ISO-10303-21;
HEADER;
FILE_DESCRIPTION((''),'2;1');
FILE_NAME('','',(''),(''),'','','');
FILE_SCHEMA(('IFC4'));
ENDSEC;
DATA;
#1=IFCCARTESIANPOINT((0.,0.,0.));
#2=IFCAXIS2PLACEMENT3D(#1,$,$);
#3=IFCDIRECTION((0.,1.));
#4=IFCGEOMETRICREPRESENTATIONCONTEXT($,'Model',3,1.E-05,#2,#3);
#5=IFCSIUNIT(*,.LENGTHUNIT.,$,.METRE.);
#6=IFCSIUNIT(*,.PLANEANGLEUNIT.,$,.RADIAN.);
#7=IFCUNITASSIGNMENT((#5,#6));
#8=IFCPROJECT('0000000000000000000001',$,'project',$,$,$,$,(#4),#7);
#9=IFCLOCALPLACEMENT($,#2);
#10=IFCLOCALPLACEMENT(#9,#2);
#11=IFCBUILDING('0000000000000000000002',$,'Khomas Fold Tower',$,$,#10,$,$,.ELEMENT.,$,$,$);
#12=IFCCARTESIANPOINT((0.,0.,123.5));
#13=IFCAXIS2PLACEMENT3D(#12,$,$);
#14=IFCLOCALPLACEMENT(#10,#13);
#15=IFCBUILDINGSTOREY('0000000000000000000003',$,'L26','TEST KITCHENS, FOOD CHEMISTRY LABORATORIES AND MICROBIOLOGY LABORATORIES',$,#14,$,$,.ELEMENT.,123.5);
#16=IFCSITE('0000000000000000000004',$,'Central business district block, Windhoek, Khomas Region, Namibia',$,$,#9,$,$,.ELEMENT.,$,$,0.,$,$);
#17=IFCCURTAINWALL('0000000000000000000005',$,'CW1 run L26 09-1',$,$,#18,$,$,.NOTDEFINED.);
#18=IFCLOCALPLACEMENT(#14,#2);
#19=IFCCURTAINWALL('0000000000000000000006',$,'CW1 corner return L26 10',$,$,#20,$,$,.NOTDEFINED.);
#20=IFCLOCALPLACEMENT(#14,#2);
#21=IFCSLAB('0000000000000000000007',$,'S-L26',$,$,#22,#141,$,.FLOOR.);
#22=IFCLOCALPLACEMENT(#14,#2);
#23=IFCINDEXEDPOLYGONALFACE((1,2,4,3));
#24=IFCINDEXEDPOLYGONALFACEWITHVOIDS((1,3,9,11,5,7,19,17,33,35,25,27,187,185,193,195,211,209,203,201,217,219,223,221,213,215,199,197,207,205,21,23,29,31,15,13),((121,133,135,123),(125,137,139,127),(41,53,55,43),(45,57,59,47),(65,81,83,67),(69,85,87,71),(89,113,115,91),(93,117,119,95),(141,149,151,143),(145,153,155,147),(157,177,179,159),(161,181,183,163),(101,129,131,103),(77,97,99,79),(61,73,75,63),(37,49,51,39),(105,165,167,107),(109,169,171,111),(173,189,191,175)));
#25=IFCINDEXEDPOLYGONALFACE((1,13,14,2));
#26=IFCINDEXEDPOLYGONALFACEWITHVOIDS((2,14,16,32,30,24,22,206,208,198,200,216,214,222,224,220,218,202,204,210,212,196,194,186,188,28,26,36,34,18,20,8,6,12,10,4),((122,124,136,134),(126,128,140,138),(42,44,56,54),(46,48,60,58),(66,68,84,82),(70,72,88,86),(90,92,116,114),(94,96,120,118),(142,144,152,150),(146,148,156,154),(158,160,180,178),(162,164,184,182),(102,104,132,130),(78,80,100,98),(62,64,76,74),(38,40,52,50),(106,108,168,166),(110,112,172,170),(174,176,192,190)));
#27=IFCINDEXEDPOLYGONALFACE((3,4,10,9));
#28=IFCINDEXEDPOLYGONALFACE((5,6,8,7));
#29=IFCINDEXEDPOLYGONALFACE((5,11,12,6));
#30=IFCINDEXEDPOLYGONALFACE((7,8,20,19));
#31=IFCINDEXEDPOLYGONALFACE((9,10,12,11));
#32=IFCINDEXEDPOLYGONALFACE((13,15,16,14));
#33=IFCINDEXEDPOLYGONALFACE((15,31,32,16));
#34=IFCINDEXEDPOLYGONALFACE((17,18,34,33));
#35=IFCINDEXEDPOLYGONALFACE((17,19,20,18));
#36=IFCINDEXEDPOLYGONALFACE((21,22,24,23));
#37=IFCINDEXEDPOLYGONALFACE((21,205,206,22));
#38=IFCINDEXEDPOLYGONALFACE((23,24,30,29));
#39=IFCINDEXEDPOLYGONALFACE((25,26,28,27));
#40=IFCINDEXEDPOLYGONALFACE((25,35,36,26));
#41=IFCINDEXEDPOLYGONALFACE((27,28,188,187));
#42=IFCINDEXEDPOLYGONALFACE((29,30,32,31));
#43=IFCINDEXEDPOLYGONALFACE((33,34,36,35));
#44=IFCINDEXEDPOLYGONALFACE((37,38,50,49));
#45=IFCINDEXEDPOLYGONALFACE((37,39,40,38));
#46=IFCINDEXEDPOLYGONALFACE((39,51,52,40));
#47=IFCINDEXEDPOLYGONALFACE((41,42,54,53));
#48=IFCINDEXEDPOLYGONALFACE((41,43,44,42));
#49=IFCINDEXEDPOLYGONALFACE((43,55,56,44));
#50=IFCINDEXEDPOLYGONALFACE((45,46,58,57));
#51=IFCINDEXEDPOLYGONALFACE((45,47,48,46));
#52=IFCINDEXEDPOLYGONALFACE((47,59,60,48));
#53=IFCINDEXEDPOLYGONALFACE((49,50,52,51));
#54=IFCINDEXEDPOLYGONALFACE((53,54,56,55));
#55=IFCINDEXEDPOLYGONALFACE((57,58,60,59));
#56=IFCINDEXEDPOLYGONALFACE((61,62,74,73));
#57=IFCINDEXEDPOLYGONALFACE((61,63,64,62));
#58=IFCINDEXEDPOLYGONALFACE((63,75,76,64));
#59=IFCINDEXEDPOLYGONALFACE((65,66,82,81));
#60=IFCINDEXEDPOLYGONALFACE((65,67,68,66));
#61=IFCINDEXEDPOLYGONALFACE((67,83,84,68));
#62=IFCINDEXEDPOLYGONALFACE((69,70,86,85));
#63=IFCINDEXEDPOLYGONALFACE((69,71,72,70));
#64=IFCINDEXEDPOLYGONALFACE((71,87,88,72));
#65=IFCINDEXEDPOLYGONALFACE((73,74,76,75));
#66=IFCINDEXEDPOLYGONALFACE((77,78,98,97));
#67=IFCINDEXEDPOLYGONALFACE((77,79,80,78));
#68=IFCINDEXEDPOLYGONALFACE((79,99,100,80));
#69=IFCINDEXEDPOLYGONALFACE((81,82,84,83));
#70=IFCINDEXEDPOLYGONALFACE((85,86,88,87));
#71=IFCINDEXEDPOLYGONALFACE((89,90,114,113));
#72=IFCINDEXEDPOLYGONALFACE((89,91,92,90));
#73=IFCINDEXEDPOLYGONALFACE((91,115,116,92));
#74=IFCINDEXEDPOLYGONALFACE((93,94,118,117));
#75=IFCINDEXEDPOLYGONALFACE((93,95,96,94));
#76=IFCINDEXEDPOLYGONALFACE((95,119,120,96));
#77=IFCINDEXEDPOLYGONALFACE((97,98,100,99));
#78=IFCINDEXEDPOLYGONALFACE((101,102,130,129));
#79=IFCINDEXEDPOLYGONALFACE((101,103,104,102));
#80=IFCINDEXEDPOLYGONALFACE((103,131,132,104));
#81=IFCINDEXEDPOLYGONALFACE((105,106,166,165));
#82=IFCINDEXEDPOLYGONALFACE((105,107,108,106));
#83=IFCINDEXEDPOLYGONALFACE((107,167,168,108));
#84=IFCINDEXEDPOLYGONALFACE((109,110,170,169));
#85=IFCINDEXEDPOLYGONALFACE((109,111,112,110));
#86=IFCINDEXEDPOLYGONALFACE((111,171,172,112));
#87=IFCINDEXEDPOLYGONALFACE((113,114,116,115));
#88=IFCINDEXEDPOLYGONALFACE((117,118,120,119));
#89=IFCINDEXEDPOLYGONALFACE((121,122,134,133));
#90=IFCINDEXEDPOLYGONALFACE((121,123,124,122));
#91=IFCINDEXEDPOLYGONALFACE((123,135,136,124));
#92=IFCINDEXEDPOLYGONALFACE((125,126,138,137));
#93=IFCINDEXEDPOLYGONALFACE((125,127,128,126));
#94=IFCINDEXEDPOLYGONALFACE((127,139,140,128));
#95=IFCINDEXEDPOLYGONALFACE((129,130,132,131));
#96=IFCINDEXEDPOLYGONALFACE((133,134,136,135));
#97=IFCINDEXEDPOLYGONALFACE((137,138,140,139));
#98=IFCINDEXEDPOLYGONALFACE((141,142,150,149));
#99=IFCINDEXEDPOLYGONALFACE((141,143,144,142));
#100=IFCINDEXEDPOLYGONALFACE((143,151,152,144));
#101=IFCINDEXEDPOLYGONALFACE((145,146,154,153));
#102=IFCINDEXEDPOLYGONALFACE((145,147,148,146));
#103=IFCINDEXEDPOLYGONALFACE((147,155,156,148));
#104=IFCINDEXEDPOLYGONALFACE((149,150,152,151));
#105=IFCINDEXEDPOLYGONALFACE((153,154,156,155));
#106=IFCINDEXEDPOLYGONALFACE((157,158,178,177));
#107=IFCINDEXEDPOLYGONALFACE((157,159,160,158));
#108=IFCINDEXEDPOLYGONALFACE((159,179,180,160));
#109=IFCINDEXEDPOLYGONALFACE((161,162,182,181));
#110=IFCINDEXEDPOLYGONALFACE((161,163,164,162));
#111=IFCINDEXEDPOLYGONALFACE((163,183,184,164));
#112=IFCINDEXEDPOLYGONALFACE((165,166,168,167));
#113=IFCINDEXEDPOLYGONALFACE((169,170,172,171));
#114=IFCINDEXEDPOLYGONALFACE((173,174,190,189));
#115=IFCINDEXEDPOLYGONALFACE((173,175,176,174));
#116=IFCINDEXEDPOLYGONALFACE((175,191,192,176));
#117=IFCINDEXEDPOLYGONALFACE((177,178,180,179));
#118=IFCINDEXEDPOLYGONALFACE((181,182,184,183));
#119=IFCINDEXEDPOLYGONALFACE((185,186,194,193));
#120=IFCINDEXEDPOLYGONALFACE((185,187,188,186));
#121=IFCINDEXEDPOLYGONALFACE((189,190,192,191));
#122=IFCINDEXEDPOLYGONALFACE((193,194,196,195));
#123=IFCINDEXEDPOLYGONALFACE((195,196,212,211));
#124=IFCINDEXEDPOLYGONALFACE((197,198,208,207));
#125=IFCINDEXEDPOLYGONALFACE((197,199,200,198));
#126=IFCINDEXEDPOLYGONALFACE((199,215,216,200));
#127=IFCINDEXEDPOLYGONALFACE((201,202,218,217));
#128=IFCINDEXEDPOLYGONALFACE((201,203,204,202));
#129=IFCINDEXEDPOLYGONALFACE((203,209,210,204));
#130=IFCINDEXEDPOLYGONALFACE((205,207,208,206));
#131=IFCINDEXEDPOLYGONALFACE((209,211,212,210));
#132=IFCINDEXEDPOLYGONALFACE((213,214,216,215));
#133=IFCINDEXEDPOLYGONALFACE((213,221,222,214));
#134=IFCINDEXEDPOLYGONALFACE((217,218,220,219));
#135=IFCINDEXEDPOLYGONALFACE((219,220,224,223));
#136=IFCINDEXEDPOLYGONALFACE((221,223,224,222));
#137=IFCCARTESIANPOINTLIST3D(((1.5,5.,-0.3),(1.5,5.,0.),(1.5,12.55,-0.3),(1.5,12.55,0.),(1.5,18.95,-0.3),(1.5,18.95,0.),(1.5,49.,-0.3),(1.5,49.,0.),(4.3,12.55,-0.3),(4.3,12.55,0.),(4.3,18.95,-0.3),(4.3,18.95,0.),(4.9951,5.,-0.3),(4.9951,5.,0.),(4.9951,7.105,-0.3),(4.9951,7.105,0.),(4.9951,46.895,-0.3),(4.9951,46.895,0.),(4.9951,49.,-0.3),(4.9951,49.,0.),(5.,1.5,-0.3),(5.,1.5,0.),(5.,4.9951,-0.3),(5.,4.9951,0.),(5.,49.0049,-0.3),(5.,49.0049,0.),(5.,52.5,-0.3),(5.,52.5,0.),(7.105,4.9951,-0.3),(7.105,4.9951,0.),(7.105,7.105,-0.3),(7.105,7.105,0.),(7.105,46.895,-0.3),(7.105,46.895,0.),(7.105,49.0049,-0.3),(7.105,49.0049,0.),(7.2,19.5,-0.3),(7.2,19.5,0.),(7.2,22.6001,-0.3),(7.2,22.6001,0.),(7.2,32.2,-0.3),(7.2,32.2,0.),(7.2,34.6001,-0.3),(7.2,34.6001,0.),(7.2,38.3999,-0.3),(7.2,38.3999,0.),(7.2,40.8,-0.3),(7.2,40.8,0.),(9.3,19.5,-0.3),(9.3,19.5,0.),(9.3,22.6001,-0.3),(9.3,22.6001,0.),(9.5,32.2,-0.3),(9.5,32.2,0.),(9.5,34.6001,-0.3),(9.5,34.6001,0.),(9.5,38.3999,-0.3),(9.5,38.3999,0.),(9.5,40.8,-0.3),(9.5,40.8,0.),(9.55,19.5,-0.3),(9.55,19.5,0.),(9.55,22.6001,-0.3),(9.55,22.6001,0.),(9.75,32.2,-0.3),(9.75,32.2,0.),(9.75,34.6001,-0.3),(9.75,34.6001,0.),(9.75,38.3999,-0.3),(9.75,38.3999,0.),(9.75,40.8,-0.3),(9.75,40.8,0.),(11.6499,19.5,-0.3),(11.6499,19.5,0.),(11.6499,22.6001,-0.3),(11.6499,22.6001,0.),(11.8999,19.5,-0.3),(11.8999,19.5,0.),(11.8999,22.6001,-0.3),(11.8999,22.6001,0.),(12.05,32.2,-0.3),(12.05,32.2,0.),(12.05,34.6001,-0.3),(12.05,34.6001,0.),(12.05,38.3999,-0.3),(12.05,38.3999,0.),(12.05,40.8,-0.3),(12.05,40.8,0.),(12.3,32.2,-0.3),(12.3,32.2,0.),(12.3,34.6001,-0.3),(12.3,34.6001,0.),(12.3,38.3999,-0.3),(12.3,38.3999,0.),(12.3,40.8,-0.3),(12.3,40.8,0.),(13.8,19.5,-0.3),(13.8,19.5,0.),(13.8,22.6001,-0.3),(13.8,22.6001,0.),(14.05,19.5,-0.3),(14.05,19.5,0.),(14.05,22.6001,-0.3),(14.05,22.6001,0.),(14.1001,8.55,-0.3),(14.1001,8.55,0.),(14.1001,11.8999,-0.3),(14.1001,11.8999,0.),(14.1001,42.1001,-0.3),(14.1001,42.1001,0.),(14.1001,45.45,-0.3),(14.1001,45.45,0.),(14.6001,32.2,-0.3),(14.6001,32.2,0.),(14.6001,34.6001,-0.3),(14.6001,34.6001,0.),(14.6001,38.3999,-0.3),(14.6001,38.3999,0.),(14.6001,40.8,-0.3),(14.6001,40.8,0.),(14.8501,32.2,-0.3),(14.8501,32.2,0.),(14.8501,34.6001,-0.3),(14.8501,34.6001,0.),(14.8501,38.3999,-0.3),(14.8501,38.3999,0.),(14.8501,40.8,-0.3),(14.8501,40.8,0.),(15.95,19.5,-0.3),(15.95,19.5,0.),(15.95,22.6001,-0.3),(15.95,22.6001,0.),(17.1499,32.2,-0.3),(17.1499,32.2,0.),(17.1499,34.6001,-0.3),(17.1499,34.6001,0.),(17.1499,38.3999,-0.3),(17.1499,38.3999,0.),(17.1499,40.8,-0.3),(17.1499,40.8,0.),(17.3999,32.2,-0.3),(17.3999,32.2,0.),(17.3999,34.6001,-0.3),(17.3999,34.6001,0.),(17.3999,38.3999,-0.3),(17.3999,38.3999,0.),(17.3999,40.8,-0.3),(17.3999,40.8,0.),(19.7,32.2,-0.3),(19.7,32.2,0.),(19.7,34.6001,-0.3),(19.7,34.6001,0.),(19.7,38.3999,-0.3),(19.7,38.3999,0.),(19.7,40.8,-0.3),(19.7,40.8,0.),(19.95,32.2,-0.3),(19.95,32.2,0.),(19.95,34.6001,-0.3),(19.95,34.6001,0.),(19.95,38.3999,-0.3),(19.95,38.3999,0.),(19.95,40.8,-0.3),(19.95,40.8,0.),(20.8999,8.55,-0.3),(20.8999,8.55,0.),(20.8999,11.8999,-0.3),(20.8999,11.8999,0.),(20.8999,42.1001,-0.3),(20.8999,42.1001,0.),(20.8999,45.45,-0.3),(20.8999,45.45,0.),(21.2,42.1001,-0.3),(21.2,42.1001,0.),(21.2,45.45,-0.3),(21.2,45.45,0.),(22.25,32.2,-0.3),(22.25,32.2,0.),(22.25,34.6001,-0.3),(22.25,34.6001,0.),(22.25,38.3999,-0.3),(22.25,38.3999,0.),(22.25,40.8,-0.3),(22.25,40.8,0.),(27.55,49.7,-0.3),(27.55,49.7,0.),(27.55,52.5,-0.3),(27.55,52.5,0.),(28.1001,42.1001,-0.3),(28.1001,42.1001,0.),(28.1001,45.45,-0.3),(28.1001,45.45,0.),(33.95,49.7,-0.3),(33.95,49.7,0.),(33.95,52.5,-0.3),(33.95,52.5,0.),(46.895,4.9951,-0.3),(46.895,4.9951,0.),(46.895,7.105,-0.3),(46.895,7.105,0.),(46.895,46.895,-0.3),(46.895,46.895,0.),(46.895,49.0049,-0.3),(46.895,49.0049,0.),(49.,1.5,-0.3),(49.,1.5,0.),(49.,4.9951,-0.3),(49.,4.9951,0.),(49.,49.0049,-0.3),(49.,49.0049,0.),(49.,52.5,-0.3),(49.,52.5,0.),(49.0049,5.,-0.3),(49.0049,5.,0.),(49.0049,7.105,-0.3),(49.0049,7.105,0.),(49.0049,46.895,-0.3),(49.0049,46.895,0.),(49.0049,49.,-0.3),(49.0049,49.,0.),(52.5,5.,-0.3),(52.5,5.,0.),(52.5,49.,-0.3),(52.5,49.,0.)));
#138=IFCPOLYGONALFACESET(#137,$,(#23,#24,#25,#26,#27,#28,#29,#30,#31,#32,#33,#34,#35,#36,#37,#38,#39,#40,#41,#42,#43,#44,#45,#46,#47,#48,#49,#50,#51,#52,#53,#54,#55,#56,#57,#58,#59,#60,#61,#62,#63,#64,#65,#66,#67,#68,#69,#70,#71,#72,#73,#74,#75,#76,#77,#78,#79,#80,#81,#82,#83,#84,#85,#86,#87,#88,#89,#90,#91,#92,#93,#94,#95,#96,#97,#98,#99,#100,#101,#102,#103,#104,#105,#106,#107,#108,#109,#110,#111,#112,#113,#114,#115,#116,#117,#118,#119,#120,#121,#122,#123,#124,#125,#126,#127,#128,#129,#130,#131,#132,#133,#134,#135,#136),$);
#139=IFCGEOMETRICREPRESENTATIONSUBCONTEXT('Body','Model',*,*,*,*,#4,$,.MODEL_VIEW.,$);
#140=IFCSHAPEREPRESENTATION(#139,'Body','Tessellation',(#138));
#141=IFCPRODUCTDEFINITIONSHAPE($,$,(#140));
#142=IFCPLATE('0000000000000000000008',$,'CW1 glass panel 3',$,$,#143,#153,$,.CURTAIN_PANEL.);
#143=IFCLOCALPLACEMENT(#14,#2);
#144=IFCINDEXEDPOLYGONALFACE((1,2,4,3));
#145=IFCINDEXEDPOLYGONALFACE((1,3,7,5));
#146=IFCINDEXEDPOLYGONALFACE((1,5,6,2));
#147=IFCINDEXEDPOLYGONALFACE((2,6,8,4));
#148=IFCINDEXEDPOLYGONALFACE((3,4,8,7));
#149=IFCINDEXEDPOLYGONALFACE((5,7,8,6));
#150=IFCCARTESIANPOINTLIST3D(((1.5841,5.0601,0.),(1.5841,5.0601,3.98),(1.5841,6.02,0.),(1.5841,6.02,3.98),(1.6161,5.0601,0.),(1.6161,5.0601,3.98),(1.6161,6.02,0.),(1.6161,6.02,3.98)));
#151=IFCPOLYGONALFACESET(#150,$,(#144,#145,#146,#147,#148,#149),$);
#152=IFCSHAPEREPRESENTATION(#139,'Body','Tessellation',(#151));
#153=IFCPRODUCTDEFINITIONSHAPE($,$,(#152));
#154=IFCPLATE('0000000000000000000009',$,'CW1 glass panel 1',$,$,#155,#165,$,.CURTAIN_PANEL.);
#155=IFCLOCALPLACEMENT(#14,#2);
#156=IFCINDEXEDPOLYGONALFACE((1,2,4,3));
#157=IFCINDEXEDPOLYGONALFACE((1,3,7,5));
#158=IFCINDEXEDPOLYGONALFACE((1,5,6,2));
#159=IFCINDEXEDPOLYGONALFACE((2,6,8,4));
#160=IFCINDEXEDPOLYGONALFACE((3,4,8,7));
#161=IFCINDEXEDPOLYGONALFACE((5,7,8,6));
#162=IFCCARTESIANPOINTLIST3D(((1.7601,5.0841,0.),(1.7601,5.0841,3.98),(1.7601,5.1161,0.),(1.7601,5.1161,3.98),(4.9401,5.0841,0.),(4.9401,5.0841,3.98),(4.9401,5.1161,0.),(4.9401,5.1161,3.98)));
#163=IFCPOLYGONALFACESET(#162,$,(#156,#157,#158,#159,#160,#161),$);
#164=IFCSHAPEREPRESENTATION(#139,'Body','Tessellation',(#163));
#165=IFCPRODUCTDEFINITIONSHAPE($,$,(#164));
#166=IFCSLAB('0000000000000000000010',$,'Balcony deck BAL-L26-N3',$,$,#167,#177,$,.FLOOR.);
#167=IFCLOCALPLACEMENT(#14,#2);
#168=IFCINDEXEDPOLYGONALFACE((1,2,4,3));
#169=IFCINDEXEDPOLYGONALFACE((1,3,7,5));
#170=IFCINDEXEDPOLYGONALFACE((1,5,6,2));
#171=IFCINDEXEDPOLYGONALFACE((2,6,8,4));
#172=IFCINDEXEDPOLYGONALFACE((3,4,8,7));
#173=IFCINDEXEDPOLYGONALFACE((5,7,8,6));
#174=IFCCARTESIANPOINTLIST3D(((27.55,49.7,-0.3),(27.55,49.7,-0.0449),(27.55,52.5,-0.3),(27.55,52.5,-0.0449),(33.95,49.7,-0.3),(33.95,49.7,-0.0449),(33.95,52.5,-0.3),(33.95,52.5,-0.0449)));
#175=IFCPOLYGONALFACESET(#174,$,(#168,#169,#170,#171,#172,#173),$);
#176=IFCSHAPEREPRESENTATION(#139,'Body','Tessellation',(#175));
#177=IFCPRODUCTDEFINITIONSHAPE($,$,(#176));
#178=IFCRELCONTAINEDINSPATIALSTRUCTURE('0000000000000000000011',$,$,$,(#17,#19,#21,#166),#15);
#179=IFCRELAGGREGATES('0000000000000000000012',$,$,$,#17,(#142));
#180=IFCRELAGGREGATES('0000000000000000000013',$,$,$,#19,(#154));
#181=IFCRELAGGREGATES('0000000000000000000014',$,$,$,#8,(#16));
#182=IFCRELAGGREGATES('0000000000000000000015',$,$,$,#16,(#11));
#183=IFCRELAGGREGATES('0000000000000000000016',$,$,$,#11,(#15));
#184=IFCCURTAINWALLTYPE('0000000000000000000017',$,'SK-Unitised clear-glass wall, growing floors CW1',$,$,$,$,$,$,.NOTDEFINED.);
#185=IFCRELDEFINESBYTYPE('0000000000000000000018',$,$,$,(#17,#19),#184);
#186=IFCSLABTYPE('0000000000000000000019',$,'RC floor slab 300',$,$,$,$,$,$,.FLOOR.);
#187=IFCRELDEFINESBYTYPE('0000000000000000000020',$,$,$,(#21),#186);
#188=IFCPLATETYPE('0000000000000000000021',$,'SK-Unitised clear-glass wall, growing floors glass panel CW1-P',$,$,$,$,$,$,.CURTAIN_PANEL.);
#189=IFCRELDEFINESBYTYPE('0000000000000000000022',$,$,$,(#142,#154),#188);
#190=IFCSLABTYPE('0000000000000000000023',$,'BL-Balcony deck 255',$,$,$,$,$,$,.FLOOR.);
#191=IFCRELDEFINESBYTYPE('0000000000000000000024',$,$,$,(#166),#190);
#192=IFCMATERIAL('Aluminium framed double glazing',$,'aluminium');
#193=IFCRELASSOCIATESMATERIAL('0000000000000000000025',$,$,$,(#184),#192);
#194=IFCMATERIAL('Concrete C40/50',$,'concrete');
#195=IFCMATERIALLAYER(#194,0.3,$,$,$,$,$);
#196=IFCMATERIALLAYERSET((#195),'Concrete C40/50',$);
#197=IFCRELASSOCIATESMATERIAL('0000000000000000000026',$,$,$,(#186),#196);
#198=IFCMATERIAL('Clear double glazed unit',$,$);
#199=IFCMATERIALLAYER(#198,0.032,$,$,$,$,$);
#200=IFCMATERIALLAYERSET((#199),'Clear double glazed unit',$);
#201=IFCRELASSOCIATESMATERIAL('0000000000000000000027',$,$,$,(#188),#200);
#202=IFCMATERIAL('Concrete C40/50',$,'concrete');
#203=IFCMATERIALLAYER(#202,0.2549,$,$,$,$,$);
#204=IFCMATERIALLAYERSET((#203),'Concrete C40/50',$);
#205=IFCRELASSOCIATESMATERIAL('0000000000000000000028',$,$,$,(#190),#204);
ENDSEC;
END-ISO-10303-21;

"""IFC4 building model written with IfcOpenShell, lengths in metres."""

from ifc_helpers import new_model, si_unit, direction, frame, origin, origin_2d, place, context, subcontext, project, spatial, polyline, rectangle, outline, extrude, source, transform, mapped, material, layer, layer_set, type_object, element, aggregate, save


model = new_model("IFC4")

# Units and contexts
model_context = context("Model", 3, precision=1e-05, world=origin(), true_north=direction((0.0, 1.0)))
body_context = subcontext(model_context, "Body", "Model", "MODEL_VIEW")
ifc_project = project(units=[si_unit("LENGTHUNIT", "METRE"), si_unit("PLANEANGLEUNIT", "RADIAN")], contexts=[model_context])

# Site, building, storey
site_placement = place(None, origin())
site = spatial("IfcSite", under=ifc_project, at=site_placement, Name="Central business district block, Windhoek, Khomas Region, Namibia", CompositionType="ELEMENT", RefElevation=0.0)
building_placement = place(site_placement, origin())
building = spatial("IfcBuilding", under=site, at=building_placement, Name="Khomas Fold Tower", CompositionType="ELEMENT")
storey_placement = place(building_placement, frame((0.0, 0.0, 123.5)))
storey = spatial("IfcBuildingStorey", under=building, at=storey_placement, Name="L26", Description="TEST KITCHENS, FOOD CHEMISTRY LABORATORIES AND MICROBIOLOGY LABORATORIES", CompositionType="ELEMENT", Elevation=123.5)

# Curtain walls
ifc_material_1 = material(Name="Aluminium framed double glazing", Category="aluminium")
curtain_wall_type = type_object("IfcCurtainWallType", Name="SK-Unitised clear-glass wall, growing floors CW1", PredefinedType="NOTDEFINED", material=ifc_material_1)
curtain_wall_1_placement = place(storey_placement, origin())
curtain_wall_1 = element("IfcCurtainWall", 1, at=curtain_wall_1_placement, inside=storey, type_object=curtain_wall_type, Name="CW1 run L26 09-1", PredefinedType="NOTDEFINED")
curtain_wall_2_placement = place(storey_placement, origin())
curtain_wall_2 = element("IfcCurtainWall", 2, at=curtain_wall_2_placement, inside=storey, type_object=curtain_wall_type, Name="CW1 corner return L26 10", PredefinedType="NOTDEFINED")

# Slab
ifc_material_2 = material(Name="Concrete C40/50", Category="concrete")
ifc_layer_1 = layer(ifc_material_2, 0.3)
ifc_layer_set_1 = layer_set([ifc_layer_1], Name="Concrete C40/50")
slab_type_1 = type_object("IfcSlabType", Name="RC floor slab 300", PredefinedType="FLOOR", material=ifc_layer_set_1)
shared_shape_1 = source(origin(), body_context, "Body", "SweptSolid", [
    extrude(outline(polyline([(1.5, 5.0), (4.9951, 5.0), (4.9951, 7.105), (7.105, 7.105), (7.105, 4.9951), (5.0, 4.9951), (5.0, 1.5), (49.0, 1.5), (49.0, 4.9951), (46.895, 4.9951), (46.895, 7.105), (49.0049, 7.105), (49.0049, 5.0), (52.5, 5.0), (52.5, 49.0), (49.0049, 49.0), (49.0049, 46.895), (46.895, 46.895), (46.895, 49.0049), (49.0, 49.0049), (49.0, 52.5), (33.95, 52.5), (33.95, 49.7), (27.55, 49.7), (27.55, 52.5), (5.0, 52.5), (5.0, 49.0049), (7.105, 49.0049), (7.105, 46.895), (4.9951, 46.895), (4.9951, 49.0), (1.5, 49.0), (1.5, 18.95), (4.3, 18.95), (4.3, 12.55), (1.5, 12.55), (1.5, 5.0)]), holes=[polyline([(7.2, 19.5), (7.2, 22.6001), (9.3, 22.6001), (9.3, 19.5), (7.2, 19.5)]), polyline([(7.2, 32.2), (7.2, 34.6001), (9.5, 34.6001), (9.5, 32.2), (7.2, 32.2)]), polyline([(7.2, 38.3999), (7.2, 40.8), (9.5, 40.8), (9.5, 38.3999), (7.2, 38.3999)]), polyline([(9.55, 19.5), (9.55, 22.6001), (11.6499, 22.6001), (11.6499, 19.5), (9.55, 19.5)]), polyline([(9.75, 32.2), (9.75, 34.6001), (12.05, 34.6001), (12.05, 32.2), (9.75, 32.2)]), polyline([(9.75, 38.3999), (9.75, 40.8), (12.05, 40.8), (12.05, 38.3999), (9.75, 38.3999)]), polyline([(11.8999, 19.5), (11.8999, 22.6001), (13.8, 22.6001), (13.8, 19.5), (11.8999, 19.5)]), polyline([(12.3, 32.2), (12.3, 34.6001), (14.6001, 34.6001), (14.6001, 32.2), (12.3, 32.2)]), polyline([(12.3, 38.3999), (12.3, 40.8), (14.6001, 40.8), (14.6001, 38.3999), (12.3, 38.3999)]), polyline([(14.05, 19.5), (14.05, 22.6001), (15.95, 22.6001), (15.95, 19.5), (14.05, 19.5)]), polyline([(14.1001, 8.55), (14.1001, 11.8999), (20.8999, 11.8999), (20.8999, 8.55), (14.1001, 8.55)]), polyline([(14.1001, 42.1001), (14.1001, 45.45), (20.8999, 45.45), (20.8999, 42.1001), (14.1001, 42.1001)]), polyline([(14.8501, 32.2), (14.8501, 34.6001), (17.1499, 34.6001), (17.1499, 32.2), (14.8501, 32.2)]), polyline([(14.8501, 38.3999), (14.8501, 40.8), (17.1499, 40.8), (17.1499, 38.3999), (14.8501, 38.3999)]), polyline([(17.3999, 32.2), (17.3999, 34.6001), (19.7, 34.6001), (19.7, 32.2), (17.3999, 32.2)]), polyline([(17.3999, 38.3999), (17.3999, 40.8), (19.7, 40.8), (19.7, 38.3999), (17.3999, 38.3999)]), polyline([(19.95, 32.2), (19.95, 34.6001), (22.25, 34.6001), (22.25, 32.2), (19.95, 32.2)]), polyline([(19.95, 38.3999), (19.95, 40.8), (22.25, 40.8), (22.25, 38.3999), (19.95, 38.3999)]), polyline([(21.2, 42.1001), (21.2, 45.45), (28.1001, 45.45), (28.1001, 42.1001), (21.2, 42.1001)])]), origin(), (0.0, 0.0, 1.0), 0.3),
])
slab_1_placement = place(storey_placement, frame((0.0, 0.0, -0.3)))
element("IfcSlab", 3, at=slab_1_placement, inside=storey, type_object=slab_type_1, Name="S-L26", PredefinedType="FLOOR", context=body_context, shape_type="MappedRepresentation", body=[
    mapped(shared_shape_1, transform((0.0, 0.0, 0.0))),
])

# Plates
ifc_material_3 = material(Name="Clear double glazed unit")
ifc_layer_2 = layer(ifc_material_3, 0.032)
ifc_layer_set_2 = layer_set([ifc_layer_2], Name="Clear double glazed unit")
plate_type = type_object("IfcPlateType", Name="SK-Unitised clear-glass wall, growing floors glass panel CW1-P", PredefinedType="CURTAIN_PANEL", material=ifc_layer_set_2)
shared_shape_2 = source(origin(), body_context, "Body", "SweptSolid", [
    extrude(rectangle(XDim=0.96, YDim=0.032, at=origin_2d()), origin(), (0.0, 0.0, 1.0), 3.98),
])
plate_1_placement = place(storey_placement, frame((1.6001, 5.54, 0.0), z_axis=(0.0, 0.0, 1.0), x_axis=(0.0, -1.0, 0.0)))
plate_1 = element("IfcPlate", 4, at=plate_1_placement, type_object=plate_type, Name="CW1 glass panel 3", PredefinedType="CURTAIN_PANEL", context=body_context, shape_type="MappedRepresentation", body=[
    mapped(shared_shape_2, transform((0.0, 0.0, 0.0))),
])
aggregate(curtain_wall_1, [plate_1])
shared_shape_3 = source(origin(), body_context, "Body", "SweptSolid", [
    extrude(rectangle(XDim=3.1799, YDim=0.032, at=origin_2d()), origin(), (0.0, 0.0, 1.0), 3.98),
])
plate_2_placement = place(storey_placement, frame((3.3501, 5.1001, 0.0), z_axis=(0.0, 0.0, 1.0), x_axis=(1.0, 0.0, 0.0)))
plate_2 = element("IfcPlate", 5, at=plate_2_placement, type_object=plate_type, Name="CW1 glass panel 1", PredefinedType="CURTAIN_PANEL", context=body_context, shape_type="MappedRepresentation", body=[
    mapped(shared_shape_3, transform((0.0, 0.0, 0.0))),
])
aggregate(curtain_wall_2, [plate_2])

# Slab
ifc_material_4 = material(Name="Concrete C40/50", Category="concrete")
ifc_layer_3 = layer(ifc_material_4, 0.2549)
ifc_layer_set_3 = layer_set([ifc_layer_3], Name="Concrete C40/50")
slab_type_2 = type_object("IfcSlabType", Name="BL-Balcony deck 255", PredefinedType="FLOOR", material=ifc_layer_set_3)
shared_shape_4 = source(origin(), body_context, "Body", "SweptSolid", [
    extrude(outline(polyline([(27.55, 49.7), (33.95, 49.7), (33.95, 52.5), (27.55, 52.5), (27.55, 49.7)])), origin(), (0.0, 0.0, 1.0), 0.2551),
])
slab_2_placement = place(storey_placement, frame((0.0, 0.0, -0.3)))
element("IfcSlab", 6, at=slab_2_placement, inside=storey, type_object=slab_type_2, Name="Balcony deck BAL-L26-N3", PredefinedType="FLOOR", context=body_context, shape_type="MappedRepresentation", body=[
    mapped(shared_shape_4, transform((0.0, 0.0, 0.0))),
])

save(model, "model.ifc")
